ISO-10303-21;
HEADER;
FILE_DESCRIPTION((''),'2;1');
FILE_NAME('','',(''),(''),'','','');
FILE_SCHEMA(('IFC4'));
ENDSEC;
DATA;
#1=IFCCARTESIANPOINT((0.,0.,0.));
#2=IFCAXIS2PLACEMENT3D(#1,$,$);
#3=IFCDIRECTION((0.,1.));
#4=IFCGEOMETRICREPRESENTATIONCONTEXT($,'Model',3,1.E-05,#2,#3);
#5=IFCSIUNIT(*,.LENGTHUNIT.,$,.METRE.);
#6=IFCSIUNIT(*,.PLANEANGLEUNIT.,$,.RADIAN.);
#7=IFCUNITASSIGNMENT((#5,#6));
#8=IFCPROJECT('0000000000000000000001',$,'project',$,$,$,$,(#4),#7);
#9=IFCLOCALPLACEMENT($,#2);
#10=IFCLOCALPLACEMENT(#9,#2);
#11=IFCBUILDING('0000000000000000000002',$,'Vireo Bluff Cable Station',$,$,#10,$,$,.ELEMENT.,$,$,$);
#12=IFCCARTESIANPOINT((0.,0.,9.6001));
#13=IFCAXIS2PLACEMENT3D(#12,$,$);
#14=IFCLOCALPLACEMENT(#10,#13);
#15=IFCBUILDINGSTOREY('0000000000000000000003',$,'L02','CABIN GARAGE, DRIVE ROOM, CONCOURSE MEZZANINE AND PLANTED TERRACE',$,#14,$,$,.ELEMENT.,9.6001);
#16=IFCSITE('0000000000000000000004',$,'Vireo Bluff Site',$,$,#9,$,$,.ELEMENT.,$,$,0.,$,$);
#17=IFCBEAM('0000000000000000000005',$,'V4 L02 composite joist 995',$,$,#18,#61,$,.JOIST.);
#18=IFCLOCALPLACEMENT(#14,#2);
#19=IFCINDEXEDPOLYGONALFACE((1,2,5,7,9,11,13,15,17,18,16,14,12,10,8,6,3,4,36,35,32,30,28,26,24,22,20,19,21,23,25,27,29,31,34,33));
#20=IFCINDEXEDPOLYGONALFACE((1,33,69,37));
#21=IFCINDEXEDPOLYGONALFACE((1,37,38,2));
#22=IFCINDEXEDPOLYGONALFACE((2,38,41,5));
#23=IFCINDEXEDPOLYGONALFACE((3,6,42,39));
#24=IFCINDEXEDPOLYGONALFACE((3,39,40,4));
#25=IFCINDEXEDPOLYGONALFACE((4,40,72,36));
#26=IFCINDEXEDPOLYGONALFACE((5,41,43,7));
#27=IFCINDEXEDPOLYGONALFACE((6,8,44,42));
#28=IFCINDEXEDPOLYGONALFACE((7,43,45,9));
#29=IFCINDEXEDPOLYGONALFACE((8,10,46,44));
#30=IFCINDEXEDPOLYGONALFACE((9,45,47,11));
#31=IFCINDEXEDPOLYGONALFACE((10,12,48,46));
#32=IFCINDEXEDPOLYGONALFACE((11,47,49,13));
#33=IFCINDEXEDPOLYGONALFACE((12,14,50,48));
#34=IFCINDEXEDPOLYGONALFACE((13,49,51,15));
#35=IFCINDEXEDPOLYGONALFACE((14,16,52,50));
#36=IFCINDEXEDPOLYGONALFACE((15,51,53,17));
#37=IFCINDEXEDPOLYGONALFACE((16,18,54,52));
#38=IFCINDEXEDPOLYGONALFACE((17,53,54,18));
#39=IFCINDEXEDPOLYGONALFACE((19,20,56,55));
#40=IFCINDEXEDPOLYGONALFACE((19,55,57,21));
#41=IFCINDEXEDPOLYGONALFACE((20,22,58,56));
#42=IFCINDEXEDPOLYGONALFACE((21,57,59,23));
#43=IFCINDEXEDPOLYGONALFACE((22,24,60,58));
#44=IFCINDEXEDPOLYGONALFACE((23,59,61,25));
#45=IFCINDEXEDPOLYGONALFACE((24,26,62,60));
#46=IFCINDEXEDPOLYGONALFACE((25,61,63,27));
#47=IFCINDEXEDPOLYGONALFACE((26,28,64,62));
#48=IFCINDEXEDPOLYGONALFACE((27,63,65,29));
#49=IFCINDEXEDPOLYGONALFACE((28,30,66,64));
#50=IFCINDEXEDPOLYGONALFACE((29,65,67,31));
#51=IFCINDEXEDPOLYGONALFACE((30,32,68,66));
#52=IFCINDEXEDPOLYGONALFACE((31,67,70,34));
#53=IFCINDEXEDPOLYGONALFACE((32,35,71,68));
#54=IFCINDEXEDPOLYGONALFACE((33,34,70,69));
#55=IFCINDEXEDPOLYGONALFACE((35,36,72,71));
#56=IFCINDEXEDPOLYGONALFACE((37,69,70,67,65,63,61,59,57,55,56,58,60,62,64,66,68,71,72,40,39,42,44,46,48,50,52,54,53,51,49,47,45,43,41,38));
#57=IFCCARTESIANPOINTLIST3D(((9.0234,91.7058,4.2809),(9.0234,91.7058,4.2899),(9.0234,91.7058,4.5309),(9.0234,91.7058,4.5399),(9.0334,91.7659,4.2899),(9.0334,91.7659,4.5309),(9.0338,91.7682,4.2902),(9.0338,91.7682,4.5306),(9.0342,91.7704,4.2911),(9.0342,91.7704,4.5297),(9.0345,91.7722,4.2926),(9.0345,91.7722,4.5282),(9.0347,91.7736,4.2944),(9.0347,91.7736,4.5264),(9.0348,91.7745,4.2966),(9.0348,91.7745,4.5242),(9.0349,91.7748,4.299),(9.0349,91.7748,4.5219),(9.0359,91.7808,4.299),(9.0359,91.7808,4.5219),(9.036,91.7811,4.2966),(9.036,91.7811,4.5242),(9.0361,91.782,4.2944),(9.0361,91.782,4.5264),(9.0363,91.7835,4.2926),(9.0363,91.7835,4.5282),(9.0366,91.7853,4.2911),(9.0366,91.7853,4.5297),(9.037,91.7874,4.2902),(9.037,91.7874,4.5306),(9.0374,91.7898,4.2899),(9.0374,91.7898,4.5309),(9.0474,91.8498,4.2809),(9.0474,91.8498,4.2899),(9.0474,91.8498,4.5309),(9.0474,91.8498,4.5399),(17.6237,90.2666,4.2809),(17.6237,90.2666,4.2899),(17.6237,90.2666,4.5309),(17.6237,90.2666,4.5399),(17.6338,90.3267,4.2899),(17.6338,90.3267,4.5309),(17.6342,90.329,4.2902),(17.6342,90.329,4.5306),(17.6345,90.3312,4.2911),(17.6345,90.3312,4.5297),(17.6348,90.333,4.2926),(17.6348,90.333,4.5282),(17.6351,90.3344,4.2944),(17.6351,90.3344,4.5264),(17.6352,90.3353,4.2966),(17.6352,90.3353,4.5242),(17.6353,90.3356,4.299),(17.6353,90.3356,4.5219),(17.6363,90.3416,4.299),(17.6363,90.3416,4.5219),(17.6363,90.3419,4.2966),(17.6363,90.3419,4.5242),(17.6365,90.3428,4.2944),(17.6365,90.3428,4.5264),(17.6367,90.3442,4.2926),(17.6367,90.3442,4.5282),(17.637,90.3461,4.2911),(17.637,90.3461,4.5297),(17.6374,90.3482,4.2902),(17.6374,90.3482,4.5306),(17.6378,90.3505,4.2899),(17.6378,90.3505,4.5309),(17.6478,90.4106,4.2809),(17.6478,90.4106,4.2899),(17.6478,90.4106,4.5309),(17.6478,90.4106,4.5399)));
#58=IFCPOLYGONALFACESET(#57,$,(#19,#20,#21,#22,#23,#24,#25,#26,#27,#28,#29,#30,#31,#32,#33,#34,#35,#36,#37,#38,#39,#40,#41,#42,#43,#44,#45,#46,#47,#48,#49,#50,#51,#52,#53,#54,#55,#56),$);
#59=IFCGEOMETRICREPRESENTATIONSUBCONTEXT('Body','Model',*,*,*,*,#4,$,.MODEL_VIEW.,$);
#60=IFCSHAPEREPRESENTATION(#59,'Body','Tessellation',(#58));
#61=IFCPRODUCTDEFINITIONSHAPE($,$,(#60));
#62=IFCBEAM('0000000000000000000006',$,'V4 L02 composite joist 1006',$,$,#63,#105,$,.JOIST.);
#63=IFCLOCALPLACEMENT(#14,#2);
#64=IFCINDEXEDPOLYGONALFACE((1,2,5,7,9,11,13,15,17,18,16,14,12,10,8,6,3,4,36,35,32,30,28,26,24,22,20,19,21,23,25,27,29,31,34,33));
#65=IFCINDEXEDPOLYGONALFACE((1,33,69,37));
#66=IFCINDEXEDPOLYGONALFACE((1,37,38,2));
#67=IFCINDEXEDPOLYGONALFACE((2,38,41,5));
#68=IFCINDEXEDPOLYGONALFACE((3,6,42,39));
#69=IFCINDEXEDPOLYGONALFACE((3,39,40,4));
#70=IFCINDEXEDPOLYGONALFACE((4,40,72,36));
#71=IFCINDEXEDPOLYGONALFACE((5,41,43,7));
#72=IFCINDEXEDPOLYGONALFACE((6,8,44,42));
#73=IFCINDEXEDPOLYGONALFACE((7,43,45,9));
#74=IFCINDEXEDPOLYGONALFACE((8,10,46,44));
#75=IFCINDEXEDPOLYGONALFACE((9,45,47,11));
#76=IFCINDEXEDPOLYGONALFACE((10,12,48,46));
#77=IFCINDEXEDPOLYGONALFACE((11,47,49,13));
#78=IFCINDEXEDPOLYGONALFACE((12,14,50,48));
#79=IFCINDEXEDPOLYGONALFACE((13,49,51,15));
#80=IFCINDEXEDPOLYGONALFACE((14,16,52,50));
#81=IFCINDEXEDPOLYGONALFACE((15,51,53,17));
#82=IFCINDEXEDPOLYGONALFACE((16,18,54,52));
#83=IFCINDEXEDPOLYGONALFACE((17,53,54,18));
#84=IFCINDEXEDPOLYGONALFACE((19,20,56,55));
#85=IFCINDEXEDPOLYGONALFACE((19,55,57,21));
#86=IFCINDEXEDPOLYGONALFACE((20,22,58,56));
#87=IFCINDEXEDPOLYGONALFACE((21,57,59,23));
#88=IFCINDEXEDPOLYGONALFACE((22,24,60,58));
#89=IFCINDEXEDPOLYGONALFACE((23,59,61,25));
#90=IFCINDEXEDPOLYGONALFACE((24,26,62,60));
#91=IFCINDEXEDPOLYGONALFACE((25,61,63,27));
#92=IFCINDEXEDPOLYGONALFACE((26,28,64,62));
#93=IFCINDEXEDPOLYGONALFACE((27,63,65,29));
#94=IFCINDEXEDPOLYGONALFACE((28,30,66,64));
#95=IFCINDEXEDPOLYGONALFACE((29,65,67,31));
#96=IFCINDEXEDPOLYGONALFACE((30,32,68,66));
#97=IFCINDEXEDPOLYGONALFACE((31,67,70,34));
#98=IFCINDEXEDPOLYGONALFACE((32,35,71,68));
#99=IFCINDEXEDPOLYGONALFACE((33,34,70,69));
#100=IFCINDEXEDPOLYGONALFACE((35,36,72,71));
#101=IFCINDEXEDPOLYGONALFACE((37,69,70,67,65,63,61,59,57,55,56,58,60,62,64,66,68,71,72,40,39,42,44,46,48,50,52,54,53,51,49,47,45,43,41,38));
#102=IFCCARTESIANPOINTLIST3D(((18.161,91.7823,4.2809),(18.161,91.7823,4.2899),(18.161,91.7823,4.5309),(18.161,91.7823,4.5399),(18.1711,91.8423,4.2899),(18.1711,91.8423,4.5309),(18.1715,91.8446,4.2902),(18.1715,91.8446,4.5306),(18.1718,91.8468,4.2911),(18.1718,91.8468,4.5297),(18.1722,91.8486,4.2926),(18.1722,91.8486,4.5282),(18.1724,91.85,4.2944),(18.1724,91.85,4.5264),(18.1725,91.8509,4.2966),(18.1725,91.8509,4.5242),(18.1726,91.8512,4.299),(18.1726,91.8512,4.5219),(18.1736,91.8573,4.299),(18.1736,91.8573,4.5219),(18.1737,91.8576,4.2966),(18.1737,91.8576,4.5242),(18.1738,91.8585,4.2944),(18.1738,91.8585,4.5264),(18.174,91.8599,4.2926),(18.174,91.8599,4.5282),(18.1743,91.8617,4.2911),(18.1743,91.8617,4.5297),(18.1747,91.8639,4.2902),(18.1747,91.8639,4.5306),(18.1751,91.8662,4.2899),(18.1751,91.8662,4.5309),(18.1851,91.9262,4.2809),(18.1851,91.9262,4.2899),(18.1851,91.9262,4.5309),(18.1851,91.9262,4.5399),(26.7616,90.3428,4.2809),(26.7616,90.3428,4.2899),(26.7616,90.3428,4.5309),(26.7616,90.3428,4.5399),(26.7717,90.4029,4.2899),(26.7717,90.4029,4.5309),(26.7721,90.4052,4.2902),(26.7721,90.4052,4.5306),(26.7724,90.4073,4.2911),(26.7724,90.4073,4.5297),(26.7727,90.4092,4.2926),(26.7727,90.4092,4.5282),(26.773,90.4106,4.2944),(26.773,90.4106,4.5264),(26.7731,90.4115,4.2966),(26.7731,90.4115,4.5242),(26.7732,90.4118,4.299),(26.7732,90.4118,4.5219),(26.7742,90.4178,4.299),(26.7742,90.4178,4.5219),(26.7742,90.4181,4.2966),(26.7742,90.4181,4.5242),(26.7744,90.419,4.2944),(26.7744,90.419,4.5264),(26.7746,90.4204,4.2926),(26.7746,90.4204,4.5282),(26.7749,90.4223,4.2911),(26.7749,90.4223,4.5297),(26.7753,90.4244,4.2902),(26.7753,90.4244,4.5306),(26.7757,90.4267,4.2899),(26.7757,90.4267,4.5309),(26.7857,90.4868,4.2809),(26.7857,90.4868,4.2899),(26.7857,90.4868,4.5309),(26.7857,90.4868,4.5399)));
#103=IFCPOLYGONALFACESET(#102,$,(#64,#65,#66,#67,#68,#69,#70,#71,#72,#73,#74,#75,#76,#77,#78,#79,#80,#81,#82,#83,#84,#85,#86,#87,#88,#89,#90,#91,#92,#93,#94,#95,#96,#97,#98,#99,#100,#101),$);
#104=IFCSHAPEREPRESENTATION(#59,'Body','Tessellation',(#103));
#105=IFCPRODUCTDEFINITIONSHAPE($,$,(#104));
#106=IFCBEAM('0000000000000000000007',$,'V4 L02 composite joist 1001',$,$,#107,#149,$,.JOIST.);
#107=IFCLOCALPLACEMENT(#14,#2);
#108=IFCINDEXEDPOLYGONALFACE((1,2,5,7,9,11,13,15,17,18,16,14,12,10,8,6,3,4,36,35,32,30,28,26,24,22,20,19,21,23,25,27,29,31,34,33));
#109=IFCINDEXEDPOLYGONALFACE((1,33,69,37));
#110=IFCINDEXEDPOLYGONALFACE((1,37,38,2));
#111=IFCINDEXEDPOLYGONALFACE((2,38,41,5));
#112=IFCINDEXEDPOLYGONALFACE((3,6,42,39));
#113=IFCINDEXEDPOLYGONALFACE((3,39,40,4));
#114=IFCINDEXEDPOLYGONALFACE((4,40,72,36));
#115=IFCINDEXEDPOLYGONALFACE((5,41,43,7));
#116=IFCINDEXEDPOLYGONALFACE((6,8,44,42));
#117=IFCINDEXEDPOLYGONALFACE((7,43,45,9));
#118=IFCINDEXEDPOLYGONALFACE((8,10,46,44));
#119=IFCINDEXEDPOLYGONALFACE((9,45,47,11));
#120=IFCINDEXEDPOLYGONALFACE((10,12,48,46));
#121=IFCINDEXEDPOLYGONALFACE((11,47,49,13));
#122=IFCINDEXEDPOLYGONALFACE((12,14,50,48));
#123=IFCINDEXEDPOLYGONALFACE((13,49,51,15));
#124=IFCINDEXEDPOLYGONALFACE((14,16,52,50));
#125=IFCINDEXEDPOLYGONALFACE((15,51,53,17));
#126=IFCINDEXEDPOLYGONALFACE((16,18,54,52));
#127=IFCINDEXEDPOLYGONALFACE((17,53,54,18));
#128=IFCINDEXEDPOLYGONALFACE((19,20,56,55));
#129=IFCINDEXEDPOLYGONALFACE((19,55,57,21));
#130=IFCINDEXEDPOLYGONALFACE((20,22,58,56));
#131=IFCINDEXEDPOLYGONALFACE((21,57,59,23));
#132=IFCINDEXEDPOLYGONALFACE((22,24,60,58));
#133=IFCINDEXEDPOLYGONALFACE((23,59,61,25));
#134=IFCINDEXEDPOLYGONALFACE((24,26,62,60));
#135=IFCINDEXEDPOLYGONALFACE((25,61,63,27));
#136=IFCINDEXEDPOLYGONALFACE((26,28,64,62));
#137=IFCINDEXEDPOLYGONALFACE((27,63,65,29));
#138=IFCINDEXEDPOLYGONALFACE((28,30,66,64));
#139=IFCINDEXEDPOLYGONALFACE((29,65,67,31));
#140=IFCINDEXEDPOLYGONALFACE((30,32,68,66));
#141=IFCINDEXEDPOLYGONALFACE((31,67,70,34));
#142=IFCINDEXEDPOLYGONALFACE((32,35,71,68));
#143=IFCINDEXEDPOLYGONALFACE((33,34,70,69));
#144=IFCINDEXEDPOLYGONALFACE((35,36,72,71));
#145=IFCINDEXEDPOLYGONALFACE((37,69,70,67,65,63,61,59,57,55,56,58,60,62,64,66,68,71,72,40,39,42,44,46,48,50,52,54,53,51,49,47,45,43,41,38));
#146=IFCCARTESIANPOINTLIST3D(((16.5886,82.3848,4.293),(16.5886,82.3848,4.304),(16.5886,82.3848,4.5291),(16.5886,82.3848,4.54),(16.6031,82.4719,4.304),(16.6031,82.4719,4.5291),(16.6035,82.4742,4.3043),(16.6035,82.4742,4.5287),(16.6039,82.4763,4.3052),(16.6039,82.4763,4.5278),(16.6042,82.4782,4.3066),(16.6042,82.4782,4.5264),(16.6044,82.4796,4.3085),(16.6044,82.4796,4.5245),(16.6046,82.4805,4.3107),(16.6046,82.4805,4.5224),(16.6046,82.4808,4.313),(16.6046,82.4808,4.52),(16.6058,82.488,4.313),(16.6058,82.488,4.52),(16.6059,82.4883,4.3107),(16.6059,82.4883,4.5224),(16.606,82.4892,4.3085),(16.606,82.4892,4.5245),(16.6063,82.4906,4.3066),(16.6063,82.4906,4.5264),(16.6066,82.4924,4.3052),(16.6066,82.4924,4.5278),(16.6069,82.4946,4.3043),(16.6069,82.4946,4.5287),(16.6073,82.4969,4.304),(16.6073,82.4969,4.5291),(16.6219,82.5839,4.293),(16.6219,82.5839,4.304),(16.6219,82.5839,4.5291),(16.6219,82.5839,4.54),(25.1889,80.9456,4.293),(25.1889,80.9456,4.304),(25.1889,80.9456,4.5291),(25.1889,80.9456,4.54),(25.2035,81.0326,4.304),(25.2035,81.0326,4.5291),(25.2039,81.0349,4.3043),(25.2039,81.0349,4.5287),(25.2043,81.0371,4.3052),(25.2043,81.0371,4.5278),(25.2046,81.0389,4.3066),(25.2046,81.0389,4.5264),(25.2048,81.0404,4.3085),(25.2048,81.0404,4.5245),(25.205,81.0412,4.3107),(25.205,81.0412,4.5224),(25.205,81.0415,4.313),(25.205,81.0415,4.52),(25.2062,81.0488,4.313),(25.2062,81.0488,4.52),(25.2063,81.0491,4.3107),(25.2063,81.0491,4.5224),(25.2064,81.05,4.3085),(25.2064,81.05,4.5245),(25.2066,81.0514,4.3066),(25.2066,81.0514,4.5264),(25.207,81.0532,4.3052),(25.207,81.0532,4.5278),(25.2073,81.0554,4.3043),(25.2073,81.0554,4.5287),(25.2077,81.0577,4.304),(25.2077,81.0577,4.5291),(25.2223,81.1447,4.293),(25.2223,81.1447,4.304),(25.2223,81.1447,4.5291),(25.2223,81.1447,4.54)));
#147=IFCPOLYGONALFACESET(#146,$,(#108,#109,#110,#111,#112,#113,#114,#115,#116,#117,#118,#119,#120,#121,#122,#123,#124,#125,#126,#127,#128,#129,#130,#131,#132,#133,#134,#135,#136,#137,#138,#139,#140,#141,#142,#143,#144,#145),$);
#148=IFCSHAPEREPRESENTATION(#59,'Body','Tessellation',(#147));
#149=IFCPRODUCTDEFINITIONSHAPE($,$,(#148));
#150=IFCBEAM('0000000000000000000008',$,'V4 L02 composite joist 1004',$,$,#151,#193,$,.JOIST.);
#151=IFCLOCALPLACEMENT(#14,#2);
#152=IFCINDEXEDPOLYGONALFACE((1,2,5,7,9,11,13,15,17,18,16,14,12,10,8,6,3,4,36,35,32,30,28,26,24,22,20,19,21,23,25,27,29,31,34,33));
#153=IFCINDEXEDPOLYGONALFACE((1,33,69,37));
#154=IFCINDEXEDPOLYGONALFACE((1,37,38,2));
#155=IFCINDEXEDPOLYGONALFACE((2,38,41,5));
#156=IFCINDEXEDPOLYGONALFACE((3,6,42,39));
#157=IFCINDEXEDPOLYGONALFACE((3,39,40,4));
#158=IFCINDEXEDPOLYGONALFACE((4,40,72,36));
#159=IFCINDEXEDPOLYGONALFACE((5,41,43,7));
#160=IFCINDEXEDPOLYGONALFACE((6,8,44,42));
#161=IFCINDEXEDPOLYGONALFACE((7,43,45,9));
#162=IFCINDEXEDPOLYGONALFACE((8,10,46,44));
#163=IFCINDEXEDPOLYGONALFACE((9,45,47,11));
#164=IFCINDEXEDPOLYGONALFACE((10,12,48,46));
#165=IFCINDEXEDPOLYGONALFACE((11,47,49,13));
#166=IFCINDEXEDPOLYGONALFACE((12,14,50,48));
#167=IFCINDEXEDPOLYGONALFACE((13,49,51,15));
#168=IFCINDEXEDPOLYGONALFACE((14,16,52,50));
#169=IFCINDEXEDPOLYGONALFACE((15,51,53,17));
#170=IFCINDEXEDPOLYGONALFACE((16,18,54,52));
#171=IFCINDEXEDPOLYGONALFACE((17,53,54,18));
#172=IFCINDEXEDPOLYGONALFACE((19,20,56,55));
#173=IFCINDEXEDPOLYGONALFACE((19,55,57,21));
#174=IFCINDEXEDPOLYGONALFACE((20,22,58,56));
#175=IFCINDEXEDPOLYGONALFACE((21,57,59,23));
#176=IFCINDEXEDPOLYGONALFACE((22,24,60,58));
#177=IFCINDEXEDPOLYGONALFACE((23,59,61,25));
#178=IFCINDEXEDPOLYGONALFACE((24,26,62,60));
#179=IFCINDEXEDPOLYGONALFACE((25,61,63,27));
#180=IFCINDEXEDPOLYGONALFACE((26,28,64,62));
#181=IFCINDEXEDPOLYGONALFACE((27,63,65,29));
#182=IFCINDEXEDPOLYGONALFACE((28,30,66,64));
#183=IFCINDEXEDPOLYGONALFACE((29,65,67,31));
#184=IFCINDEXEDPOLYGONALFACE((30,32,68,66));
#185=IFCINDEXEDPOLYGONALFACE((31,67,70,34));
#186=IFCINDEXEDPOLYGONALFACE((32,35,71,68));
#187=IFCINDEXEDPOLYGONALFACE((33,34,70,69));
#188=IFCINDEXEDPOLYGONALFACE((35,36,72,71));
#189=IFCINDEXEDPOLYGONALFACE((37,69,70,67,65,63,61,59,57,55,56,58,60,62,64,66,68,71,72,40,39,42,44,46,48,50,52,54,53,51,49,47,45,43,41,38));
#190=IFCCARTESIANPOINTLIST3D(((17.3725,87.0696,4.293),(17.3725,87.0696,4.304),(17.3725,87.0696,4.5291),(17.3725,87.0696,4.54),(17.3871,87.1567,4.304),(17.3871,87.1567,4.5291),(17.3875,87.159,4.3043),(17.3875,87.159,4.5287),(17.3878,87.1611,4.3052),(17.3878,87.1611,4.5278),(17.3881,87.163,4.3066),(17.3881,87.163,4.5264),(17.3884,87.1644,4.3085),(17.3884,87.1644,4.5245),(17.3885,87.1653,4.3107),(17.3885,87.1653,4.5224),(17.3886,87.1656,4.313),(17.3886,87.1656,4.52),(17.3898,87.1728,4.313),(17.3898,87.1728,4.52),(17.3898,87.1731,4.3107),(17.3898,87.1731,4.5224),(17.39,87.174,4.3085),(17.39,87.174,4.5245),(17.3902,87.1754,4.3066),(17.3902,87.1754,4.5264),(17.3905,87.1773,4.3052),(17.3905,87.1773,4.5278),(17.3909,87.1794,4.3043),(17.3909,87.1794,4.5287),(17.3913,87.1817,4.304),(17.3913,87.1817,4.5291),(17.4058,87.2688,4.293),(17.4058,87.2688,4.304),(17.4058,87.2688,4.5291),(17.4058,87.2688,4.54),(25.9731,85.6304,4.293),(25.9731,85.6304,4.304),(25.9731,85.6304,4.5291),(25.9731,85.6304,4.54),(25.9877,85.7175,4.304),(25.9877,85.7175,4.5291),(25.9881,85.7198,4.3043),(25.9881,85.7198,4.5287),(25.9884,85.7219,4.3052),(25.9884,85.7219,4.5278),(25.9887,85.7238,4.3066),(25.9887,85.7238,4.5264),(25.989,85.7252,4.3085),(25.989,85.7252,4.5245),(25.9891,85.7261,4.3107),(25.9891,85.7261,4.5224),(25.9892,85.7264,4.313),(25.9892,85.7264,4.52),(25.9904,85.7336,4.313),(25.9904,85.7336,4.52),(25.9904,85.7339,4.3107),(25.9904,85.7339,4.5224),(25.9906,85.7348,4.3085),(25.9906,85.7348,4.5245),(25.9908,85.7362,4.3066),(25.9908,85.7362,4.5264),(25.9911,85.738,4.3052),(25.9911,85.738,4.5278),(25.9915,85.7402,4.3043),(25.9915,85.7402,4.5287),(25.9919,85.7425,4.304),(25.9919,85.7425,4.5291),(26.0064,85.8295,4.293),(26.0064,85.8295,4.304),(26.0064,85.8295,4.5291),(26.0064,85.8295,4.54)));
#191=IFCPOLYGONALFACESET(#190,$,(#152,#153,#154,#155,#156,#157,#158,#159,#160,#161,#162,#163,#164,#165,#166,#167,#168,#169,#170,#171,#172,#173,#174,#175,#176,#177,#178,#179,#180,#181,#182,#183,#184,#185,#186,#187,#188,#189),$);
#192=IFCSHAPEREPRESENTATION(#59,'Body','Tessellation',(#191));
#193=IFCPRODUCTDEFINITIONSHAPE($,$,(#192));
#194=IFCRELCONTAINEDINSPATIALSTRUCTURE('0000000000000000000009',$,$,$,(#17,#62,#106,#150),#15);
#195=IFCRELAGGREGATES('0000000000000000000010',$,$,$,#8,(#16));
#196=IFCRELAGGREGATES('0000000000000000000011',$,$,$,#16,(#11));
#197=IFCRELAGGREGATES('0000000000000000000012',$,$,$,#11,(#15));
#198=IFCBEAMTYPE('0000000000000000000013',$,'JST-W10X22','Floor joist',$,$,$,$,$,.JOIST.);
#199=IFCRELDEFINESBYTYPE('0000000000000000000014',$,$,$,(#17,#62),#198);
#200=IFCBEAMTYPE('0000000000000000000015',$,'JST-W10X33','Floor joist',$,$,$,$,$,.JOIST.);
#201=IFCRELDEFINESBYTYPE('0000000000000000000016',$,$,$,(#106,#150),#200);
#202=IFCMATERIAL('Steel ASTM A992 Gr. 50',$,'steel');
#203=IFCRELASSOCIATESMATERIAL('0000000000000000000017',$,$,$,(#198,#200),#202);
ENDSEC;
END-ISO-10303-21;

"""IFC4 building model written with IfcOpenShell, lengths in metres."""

from ifc_helpers import new_model, si_unit, direction, frame, origin, origin_2d, place, context, subcontext, project, spatial, i_section, extrude, material, material_profile, profile_set, type_object, element, save


model = new_model("IFC4")

# Units and contexts
model_context = context("Model", 3, precision=1e-05, world=origin(), true_north=direction((0.0, 1.0)))
body_context = subcontext(model_context, "Body", "Model", "MODEL_VIEW")
ifc_project = project(units=[si_unit("LENGTHUNIT", "METRE"), si_unit("PLANEANGLEUNIT", "RADIAN")], contexts=[model_context])

# Site, building, storey
site_placement = place(None, origin())
site = spatial("IfcSite", under=ifc_project, at=site_placement, Name="Vireo Bluff Site", CompositionType="ELEMENT", RefElevation=0.0)
building_placement = place(site_placement, origin())
building = spatial("IfcBuilding", under=site, at=building_placement, Name="Vireo Bluff Cable Station", CompositionType="ELEMENT")
storey_placement = place(building_placement, frame((0.0, 0.0, 9.6001)))
storey = spatial("IfcBuildingStorey", under=building, at=storey_placement, Name="L02", Description="CABIN GARAGE, DRIVE ROOM, CONCOURSE MEZZANINE AND PLANTED TERRACE", CompositionType="ELEMENT", Elevation=9.6001)

# Shared definitions
ifc_material_1 = material(Name="Steel ASTM A992 Gr. 50", Category="steel")

# Beams
ifc_material_profile_1 = material_profile(ifc_material_1, i_section(OverallWidth=0.146, OverallDepth=0.259, WebThickness=0.0061, FlangeThickness=0.009, FilletRadius=0.009, at=origin_2d()), Name="W10X22")
ifc_profile_set_1 = profile_set([ifc_material_profile_1], Name="Steel ASTM A992 Gr. 50")
beam_type_1 = type_object("IfcBeamType", Name="JST-W10X22", Description="Floor joist", PredefinedType="JOIST", material=ifc_profile_set_1)
beam_1_placement = place(storey_placement, frame((9.0354, 91.7778, 4.4104), z_axis=(0.986286, -0.165048, 0.0), x_axis=(0.165048, 0.986286, 0.0)))
element("IfcBeam", 1, at=beam_1_placement, inside=storey, type_object=beam_type_1, Name="V4 L02 composite joist 995", PredefinedType="JOIST", context=body_context, shape_type="SweptSolid", body=[
    extrude(i_section(OverallWidth=0.146, OverallDepth=0.259, WebThickness=0.0061, FlangeThickness=0.009, FilletRadius=0.009, at=origin_2d()), origin(), (0.0, 0.0, 1.0), 8.72),
])
beam_2_placement = place(storey_placement, frame((18.1731, 91.8542, 4.4104), z_axis=(0.986282, -0.165071, 0.0), x_axis=(0.165071, 0.986282, 0.0)))
element("IfcBeam", 2, at=beam_2_placement, inside=storey, type_object=beam_type_1, Name="V4 L02 composite joist 1006", PredefinedType="JOIST", context=body_context, shape_type="SweptSolid", body=[
    extrude(i_section(OverallWidth=0.146, OverallDepth=0.259, WebThickness=0.0061, FlangeThickness=0.009, FilletRadius=0.009, at=origin_2d()), origin(), (0.0, 0.0, 1.0), 8.7202),
])
ifc_material_profile_2 = material_profile(ifc_material_1, i_section(OverallWidth=0.2019, OverallDepth=0.2471, WebThickness=0.0073, FlangeThickness=0.011, FilletRadius=0.009, at=origin_2d()), Name="W10X33")
ifc_profile_set_2 = profile_set([ifc_material_profile_2], Name="Steel ASTM A992 Gr. 50")
beam_type_2 = type_object("IfcBeamType", Name="JST-W10X33", Description="Floor joist", PredefinedType="JOIST", material=ifc_profile_set_2)
beam_3_placement = place(storey_placement, frame((16.6052, 82.4844, 4.4165), z_axis=(0.986286, -0.165048, 0.0), x_axis=(0.165048, 0.986286, 0.0)))
element("IfcBeam", 3, at=beam_3_placement, inside=storey, type_object=beam_type_2, Name="V4 L02 composite joist 1001", PredefinedType="JOIST", context=body_context, shape_type="SweptSolid", body=[
    extrude(i_section(OverallWidth=0.2019, OverallDepth=0.2471, WebThickness=0.0073, FlangeThickness=0.011, FilletRadius=0.009, at=origin_2d()), origin(), (0.0, 0.0, 1.0), 8.72),
])
beam_4_placement = place(storey_placement, frame((17.3892, 87.1692, 4.4165), z_axis=(0.986286, -0.165044, 0.0), x_axis=(0.165044, 0.986286, 0.0)))
element("IfcBeam", 4, at=beam_4_placement, inside=storey, type_object=beam_type_2, Name="V4 L02 composite joist 1004", PredefinedType="JOIST", context=body_context, shape_type="SweptSolid", body=[
    extrude(i_section(OverallWidth=0.2019, OverallDepth=0.2471, WebThickness=0.0073, FlangeThickness=0.011, FilletRadius=0.009, at=origin_2d()), origin(), (0.0, 0.0, 1.0), 8.7202),
])

save(model, "model.ifc")
